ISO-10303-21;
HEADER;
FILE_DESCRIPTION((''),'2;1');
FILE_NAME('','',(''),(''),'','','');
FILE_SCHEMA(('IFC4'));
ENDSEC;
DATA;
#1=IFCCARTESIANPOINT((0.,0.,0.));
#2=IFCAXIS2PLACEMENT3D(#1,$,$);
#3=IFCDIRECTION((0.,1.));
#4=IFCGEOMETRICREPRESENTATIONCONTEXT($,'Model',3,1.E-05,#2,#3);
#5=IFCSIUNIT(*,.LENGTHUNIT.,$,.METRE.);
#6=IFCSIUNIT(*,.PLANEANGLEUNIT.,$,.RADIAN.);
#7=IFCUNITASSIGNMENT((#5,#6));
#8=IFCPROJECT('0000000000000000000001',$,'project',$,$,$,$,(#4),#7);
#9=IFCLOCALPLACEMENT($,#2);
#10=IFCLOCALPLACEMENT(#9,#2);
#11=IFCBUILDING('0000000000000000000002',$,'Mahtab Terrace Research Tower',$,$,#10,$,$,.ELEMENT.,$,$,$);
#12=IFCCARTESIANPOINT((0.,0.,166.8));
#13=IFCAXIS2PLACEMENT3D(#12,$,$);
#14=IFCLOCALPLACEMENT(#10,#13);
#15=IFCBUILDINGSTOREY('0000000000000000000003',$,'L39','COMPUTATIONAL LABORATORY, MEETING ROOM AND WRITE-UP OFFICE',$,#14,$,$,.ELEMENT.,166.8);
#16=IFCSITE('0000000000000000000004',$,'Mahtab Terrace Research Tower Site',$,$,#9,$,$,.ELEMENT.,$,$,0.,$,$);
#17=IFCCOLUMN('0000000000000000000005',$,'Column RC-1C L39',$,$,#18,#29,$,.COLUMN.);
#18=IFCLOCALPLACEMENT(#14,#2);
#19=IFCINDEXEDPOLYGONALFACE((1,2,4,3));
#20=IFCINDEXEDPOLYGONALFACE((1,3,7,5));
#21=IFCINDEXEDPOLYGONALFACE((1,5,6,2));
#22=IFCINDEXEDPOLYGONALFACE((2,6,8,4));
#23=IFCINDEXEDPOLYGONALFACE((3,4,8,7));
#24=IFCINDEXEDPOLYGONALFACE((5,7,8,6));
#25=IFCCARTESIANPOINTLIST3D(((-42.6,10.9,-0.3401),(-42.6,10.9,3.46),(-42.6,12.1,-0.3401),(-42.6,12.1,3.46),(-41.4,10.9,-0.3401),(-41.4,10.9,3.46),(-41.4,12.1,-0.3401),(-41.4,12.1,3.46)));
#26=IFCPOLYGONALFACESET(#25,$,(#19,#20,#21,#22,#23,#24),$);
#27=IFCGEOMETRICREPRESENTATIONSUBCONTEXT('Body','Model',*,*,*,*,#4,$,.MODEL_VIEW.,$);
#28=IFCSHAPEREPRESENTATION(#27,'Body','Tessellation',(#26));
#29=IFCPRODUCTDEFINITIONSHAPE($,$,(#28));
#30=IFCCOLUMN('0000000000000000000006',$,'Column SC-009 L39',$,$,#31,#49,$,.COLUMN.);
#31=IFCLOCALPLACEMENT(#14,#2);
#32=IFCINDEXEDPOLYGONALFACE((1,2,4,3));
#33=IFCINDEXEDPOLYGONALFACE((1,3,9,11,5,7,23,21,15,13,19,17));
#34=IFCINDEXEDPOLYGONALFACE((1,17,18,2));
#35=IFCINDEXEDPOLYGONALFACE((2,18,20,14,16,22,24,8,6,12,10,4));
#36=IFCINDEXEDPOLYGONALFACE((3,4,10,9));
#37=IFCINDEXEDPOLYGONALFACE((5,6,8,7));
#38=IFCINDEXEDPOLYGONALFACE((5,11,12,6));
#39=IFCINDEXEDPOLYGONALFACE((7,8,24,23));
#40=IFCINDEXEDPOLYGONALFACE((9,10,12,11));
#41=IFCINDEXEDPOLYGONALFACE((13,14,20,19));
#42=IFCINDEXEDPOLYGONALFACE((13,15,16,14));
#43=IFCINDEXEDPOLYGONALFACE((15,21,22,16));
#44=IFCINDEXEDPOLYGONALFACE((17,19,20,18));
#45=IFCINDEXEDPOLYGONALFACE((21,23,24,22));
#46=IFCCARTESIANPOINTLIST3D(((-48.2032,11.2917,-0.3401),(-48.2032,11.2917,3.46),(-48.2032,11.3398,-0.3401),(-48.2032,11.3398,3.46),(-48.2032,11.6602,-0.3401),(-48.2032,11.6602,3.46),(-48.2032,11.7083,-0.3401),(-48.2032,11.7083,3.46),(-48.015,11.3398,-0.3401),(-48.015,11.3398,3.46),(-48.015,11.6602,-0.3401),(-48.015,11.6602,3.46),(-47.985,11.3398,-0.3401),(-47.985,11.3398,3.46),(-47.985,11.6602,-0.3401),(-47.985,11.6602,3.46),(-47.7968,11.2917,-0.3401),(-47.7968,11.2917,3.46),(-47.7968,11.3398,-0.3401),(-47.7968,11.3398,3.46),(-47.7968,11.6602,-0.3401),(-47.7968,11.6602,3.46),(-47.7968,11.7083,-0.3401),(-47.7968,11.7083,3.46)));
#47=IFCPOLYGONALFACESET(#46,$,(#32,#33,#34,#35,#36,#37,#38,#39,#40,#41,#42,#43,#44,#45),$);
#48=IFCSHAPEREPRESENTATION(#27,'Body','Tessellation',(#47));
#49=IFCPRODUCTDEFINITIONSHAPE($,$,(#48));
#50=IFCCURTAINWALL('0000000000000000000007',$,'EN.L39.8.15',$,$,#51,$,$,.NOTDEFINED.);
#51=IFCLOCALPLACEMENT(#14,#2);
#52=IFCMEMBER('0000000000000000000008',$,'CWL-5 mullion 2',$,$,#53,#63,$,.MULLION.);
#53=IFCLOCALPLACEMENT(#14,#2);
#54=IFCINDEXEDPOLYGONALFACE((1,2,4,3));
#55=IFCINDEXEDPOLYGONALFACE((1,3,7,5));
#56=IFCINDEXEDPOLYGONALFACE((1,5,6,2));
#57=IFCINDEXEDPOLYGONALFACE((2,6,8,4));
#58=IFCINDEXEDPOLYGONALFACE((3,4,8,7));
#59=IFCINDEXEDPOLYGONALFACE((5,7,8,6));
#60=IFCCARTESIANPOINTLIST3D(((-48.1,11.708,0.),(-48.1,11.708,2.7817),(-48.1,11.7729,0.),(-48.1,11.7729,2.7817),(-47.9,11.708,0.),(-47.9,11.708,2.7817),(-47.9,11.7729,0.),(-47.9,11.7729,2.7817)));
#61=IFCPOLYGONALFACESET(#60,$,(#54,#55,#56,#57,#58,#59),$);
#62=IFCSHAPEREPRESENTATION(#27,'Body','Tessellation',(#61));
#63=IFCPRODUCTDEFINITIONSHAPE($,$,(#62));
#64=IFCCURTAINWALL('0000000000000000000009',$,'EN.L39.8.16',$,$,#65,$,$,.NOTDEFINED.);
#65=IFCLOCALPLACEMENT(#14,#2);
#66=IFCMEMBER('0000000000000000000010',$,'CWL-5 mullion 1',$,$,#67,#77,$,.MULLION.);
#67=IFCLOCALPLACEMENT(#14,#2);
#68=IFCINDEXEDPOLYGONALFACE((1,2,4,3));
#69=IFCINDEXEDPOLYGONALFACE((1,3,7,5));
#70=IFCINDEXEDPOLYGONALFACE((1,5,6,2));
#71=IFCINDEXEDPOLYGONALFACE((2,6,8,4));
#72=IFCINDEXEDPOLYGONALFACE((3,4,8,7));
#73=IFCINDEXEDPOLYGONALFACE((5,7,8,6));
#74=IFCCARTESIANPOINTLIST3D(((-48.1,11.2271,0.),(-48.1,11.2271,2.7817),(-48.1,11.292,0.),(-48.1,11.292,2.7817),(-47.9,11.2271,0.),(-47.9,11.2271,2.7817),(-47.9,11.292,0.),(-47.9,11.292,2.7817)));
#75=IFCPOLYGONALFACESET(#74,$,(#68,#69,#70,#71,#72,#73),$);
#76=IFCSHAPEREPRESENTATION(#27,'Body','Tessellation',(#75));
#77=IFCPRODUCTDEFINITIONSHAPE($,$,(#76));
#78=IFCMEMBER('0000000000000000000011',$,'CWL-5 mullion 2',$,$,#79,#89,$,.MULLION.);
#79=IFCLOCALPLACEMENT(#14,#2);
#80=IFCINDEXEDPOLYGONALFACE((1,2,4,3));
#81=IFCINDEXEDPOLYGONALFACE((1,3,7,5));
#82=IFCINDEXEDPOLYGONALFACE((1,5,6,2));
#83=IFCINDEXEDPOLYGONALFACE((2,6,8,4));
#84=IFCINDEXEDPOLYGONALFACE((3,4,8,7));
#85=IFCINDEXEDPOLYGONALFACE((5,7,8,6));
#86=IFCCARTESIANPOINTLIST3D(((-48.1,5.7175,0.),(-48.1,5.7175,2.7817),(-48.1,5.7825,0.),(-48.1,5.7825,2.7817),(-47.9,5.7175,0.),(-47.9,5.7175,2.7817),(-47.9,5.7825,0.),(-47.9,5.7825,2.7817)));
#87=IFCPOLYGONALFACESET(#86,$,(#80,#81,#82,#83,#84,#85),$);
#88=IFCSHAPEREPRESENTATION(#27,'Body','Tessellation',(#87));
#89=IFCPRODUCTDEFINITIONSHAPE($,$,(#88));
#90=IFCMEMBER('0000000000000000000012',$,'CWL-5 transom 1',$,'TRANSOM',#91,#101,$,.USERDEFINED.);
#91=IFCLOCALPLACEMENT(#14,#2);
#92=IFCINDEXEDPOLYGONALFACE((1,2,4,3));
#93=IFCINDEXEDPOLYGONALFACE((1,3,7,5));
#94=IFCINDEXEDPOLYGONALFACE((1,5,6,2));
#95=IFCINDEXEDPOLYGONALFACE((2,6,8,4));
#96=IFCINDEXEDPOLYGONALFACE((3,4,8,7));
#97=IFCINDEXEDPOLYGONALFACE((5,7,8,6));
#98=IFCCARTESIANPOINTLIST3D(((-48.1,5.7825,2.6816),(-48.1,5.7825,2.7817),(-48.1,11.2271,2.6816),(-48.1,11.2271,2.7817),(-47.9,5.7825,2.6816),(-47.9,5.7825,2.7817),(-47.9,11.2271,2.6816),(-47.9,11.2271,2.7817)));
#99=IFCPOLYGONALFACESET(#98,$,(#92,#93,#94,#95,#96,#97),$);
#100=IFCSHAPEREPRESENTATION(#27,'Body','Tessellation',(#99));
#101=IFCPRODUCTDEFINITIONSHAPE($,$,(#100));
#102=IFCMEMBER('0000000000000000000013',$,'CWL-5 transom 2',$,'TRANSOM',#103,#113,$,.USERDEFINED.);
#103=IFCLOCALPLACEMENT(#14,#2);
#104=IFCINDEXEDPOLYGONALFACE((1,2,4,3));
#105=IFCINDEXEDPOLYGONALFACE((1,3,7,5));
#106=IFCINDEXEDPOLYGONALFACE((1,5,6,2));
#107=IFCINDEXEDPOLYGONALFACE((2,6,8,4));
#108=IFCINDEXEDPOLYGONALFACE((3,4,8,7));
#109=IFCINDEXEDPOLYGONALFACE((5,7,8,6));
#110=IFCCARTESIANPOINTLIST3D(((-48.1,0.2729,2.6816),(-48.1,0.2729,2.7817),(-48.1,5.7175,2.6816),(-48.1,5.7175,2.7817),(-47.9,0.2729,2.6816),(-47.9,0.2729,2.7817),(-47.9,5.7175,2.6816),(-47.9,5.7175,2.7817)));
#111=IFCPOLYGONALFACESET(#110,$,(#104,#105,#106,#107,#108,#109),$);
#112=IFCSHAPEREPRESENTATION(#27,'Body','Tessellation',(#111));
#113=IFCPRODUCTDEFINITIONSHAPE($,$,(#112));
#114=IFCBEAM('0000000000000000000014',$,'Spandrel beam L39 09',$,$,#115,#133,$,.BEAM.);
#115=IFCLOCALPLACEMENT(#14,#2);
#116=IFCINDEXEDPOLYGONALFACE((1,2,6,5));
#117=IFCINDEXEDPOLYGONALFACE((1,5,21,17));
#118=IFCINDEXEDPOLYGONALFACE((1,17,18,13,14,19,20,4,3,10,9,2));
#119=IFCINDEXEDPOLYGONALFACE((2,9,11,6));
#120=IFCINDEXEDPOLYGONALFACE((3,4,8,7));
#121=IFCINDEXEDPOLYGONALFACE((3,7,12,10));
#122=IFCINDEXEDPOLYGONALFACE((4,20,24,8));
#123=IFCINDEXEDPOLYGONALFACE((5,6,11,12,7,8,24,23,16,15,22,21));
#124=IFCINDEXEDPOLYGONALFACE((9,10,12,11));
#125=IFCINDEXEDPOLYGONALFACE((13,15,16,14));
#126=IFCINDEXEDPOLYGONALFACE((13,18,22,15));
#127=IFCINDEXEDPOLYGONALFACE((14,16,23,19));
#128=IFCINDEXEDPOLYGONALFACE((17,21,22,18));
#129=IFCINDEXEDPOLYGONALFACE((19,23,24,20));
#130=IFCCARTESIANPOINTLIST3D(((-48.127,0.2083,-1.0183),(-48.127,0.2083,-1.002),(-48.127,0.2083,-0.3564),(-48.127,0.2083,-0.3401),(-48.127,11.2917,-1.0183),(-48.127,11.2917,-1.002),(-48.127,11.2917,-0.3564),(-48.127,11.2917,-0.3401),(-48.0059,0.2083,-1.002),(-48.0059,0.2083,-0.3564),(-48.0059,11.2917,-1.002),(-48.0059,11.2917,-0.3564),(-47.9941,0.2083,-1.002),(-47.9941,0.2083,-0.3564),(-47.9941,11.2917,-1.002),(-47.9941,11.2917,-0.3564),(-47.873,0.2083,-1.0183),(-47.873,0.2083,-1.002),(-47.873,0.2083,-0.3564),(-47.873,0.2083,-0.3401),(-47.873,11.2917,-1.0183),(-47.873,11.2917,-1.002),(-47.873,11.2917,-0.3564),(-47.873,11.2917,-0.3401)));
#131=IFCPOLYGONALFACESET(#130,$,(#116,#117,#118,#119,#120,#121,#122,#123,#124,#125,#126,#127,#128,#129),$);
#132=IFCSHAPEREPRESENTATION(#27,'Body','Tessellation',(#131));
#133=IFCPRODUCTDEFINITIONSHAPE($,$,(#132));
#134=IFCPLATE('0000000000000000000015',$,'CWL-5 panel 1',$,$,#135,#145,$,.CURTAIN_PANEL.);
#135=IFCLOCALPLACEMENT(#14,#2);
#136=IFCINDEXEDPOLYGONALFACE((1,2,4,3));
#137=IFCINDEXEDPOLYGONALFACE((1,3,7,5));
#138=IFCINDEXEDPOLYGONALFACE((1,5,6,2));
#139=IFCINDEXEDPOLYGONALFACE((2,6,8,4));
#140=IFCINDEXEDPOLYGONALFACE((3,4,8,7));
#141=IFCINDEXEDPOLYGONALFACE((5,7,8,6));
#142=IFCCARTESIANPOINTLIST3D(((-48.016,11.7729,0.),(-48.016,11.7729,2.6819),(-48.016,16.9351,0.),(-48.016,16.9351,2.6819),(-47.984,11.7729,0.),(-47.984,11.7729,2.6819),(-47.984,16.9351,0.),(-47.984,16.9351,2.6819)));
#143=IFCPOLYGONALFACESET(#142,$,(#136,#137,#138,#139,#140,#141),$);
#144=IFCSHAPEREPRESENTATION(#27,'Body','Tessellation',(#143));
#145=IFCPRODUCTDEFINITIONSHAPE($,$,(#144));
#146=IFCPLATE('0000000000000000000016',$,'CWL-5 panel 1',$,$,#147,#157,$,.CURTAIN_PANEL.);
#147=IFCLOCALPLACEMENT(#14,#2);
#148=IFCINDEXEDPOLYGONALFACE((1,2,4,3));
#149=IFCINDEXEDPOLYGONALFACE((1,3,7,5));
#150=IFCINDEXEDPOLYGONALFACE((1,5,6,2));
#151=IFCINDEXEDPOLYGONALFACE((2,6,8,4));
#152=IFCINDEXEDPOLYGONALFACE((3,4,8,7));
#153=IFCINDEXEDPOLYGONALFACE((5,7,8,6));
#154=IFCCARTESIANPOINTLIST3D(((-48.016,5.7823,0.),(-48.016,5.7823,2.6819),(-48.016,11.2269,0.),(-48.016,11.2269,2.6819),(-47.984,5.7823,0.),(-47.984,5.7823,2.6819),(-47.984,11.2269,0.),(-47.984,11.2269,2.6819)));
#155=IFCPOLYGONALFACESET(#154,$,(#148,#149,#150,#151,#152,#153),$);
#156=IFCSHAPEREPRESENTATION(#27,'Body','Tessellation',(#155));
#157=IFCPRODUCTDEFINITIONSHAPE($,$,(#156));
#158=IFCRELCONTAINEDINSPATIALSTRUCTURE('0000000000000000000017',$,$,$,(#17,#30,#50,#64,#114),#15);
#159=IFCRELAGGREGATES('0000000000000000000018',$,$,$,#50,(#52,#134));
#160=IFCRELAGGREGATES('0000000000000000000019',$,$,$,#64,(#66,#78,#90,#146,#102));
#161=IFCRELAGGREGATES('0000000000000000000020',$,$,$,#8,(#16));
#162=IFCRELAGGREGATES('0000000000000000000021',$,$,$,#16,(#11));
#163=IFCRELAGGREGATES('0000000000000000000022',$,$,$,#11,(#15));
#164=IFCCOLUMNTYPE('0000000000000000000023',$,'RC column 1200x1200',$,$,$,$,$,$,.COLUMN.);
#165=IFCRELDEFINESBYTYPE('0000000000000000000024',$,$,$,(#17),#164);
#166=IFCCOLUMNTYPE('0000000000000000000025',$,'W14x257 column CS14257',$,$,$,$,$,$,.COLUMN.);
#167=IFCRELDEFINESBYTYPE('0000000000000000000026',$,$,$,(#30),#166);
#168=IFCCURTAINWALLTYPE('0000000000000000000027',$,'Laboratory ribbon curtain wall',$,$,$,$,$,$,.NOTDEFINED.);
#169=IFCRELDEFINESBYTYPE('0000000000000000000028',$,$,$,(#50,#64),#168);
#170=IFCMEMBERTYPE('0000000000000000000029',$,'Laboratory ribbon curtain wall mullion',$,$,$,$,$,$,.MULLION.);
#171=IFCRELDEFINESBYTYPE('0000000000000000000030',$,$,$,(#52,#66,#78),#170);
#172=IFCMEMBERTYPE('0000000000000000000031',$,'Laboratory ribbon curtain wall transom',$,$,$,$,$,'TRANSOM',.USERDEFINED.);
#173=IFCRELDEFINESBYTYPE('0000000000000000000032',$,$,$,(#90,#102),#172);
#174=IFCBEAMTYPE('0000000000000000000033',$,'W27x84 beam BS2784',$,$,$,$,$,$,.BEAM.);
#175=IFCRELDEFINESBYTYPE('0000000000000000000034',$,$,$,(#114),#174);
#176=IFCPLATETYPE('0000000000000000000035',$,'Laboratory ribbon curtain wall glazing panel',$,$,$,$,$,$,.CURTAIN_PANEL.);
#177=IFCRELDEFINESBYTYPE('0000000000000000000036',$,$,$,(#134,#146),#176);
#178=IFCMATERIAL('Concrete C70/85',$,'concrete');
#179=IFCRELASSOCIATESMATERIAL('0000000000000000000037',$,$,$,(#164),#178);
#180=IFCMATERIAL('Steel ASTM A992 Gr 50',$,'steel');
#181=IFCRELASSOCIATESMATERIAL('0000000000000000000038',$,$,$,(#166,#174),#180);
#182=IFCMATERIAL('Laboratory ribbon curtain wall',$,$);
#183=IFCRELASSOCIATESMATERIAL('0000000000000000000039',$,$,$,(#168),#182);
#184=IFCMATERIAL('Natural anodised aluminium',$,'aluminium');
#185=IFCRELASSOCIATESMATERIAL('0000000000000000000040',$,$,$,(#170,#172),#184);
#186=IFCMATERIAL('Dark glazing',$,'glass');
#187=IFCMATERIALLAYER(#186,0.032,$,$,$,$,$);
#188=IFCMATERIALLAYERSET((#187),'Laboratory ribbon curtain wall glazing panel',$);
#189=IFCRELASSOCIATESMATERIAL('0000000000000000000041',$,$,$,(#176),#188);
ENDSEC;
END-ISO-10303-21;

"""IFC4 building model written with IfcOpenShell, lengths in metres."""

from ifc_helpers import new_model, si_unit, direction, frame, origin, origin_2d, place, context, subcontext, project, spatial, rectangle, i_section, extrude, material, layer, layer_set, material_profile, profile_set, type_object, element, aggregate, save


model = new_model("IFC4")

# Units and contexts
model_context = context("Model", 3, precision=1e-05, world=origin(), true_north=direction((0.0, 1.0)))
body_context = subcontext(model_context, "Body", "Model", "MODEL_VIEW")
ifc_project = project(units=[si_unit("LENGTHUNIT", "METRE"), si_unit("PLANEANGLEUNIT", "RADIAN")], contexts=[model_context])

# Site, building, storey
site_placement = place(None, origin())
site = spatial("IfcSite", under=ifc_project, at=site_placement, Name="Mahtab Terrace Research Tower Site", CompositionType="ELEMENT", RefElevation=0.0)
building_placement = place(site_placement, origin())
building = spatial("IfcBuilding", under=site, at=building_placement, Name="Mahtab Terrace Research Tower", CompositionType="ELEMENT")
storey_placement = place(building_placement, frame((0.0, 0.0, 166.8)))
storey = spatial("IfcBuildingStorey", under=building, at=storey_placement, Name="L39", Description="COMPUTATIONAL LABORATORY, MEETING ROOM AND WRITE-UP OFFICE", CompositionType="ELEMENT", Elevation=166.8)

# Columns
ifc_material_1 = material(Name="Concrete C70/85", Category="concrete")
ifc_material_profile_1 = material_profile(ifc_material_1, rectangle(XDim=1.2, YDim=1.2, at=origin_2d()), Name="RC column 1200x1200")
ifc_profile_set_1 = profile_set([ifc_material_profile_1], Name="Concrete C70/85")
column_type_1 = type_object("IfcColumnType", Name="RC column 1200x1200", PredefinedType="COLUMN", material=ifc_profile_set_1)
column_1_placement = place(storey_placement, frame((-42.0, 11.5, -0.3401), z_axis=(0.0, 0.0, 1.0), x_axis=(1.0, 0.0, 0.0)))
element("IfcColumn", 1, at=column_1_placement, inside=storey, type_object=column_type_1, Name="Column RC-1C L39", PredefinedType="COLUMN", context=body_context, shape_type="SweptSolid", body=[
    extrude(rectangle(XDim=1.2, YDim=1.2, at=origin_2d()), origin(), (0.0, 0.0, 1.0), 3.8),
])
ifc_material_2 = material(Name="Steel ASTM A992 Gr 50", Category="steel")
ifc_material_profile_2 = material_profile(ifc_material_2, i_section(OverallWidth=0.4065, OverallDepth=0.4165, WebThickness=0.03, FlangeThickness=0.0481, at=origin_2d()), Name="W14X257")
ifc_profile_set_2 = profile_set([ifc_material_profile_2], Name="Steel ASTM A992 Gr 50")
column_type_2 = type_object("IfcColumnType", Name="W14x257 column CS14257", PredefinedType="COLUMN", material=ifc_profile_set_2)
column_2_placement = place(storey_placement, frame((-48.0, 11.5, -0.3401), z_axis=(0.0, 0.0, 1.0), x_axis=(1.0, 0.0, 0.0)))
element("IfcColumn", 2, at=column_2_placement, inside=storey, type_object=column_type_2, Name="Column SC-009 L39", PredefinedType="COLUMN", context=body_context, shape_type="SweptSolid", body=[
    extrude(i_section(OverallWidth=0.4065, OverallDepth=0.4165, WebThickness=0.03, FlangeThickness=0.0481, at=origin_2d()), origin(), (0.0, 0.0, 1.0), 3.8),
])

# Curtain wall, member
ifc_material_3 = material(Name="Laboratory ribbon curtain wall")
curtain_wall_type = type_object("IfcCurtainWallType", Name="Laboratory ribbon curtain wall", PredefinedType="NOTDEFINED", material=ifc_material_3)
curtain_wall_1_placement = place(storey_placement, origin())
curtain_wall_1 = element("IfcCurtainWall", 3, at=curtain_wall_1_placement, inside=storey, type_object=curtain_wall_type, Name="EN.L39.8.15", PredefinedType="NOTDEFINED")
ifc_material_4 = material(Name="Natural anodised aluminium", Category="aluminium")
ifc_material_profile_3 = material_profile(ifc_material_4, rectangle(XDim=0.2, YDim=0.0649, at=origin_2d()), Name="MULLION 65x200")
ifc_profile_set_3 = profile_set([ifc_material_profile_3], Name="Natural anodised aluminium")
member_type_1 = type_object("IfcMemberType", Name="Laboratory ribbon curtain wall mullion", PredefinedType="MULLION", material=ifc_profile_set_3)
member_1_placement = place(storey_placement, frame((-48.0, 11.7405, 0.0), z_axis=(0.0, 0.0, 1.0), x_axis=(1.0, 0.0, 0.0)))
member_1 = element("IfcMember", 4, at=member_1_placement, type_object=member_type_1, Name="CWL-5 mullion 2", PredefinedType="MULLION", context=body_context, shape_type="SweptSolid", body=[
    extrude(rectangle(XDim=0.2, YDim=0.0649, at=origin_2d()), origin(), (0.0, 0.0, 1.0), 2.7817),
])

# Curtain wall, members
curtain_wall_2_placement = place(storey_placement, origin())
curtain_wall_2 = element("IfcCurtainWall", 5, at=curtain_wall_2_placement, inside=storey, type_object=curtain_wall_type, Name="EN.L39.8.16", PredefinedType="NOTDEFINED")
member_2_placement = place(storey_placement, frame((-48.0, 11.2595, 0.0), z_axis=(0.0, 0.0, 1.0), x_axis=(1.0, 0.0, 0.0)))
member_2 = element("IfcMember", 6, at=member_2_placement, type_object=member_type_1, Name="CWL-5 mullion 1", PredefinedType="MULLION", context=body_context, shape_type="SweptSolid", body=[
    extrude(rectangle(XDim=0.2, YDim=0.0649, at=origin_2d()), origin(), (0.0, 0.0, 1.0), 2.7817),
])
member_3_placement = place(storey_placement, frame((-48.0, 5.75, 0.0), z_axis=(0.0, 0.0, 1.0), x_axis=(1.0, 0.0, 0.0)))
member_3 = element("IfcMember", 7, at=member_3_placement, type_object=member_type_1, Name="CWL-5 mullion 2", PredefinedType="MULLION", context=body_context, shape_type="SweptSolid", body=[
    extrude(rectangle(XDim=0.2, YDim=0.0649, at=origin_2d()), origin(), (0.0, 0.0, 1.0), 2.7817),
])
ifc_material_profile_4 = material_profile(ifc_material_4, rectangle(XDim=0.2, YDim=0.1001, at=origin_2d()), Name="TRANSOM 100x200")
ifc_profile_set_4 = profile_set([ifc_material_profile_4], Name="Natural anodised aluminium")
member_type_2 = type_object("IfcMemberType", Name="Laboratory ribbon curtain wall transom", ElementType="TRANSOM", PredefinedType="USERDEFINED", material=ifc_profile_set_4)
member_4_placement = place(storey_placement, frame((-48.0, 11.2271, 2.7317), z_axis=(0.0, -1.0, 0.0), x_axis=(1.0, 0.0, 0.0)))
member_4 = element("IfcMember", 8, at=member_4_placement, type_object=member_type_2, Name="CWL-5 transom 1", ObjectType="TRANSOM", PredefinedType="USERDEFINED", context=body_context, shape_type="SweptSolid", body=[
    extrude(rectangle(XDim=0.2, YDim=0.1001, at=origin_2d()), origin(), (0.0, 0.0, 1.0), 5.4446),
])
member_5_placement = place(storey_placement, frame((-48.0, 5.7175, 2.7317), z_axis=(0.0, -1.0, 0.0), x_axis=(1.0, 0.0, 0.0)))
member_5 = element("IfcMember", 9, at=member_5_placement, type_object=member_type_2, Name="CWL-5 transom 2", ObjectType="TRANSOM", PredefinedType="USERDEFINED", context=body_context, shape_type="SweptSolid", body=[
    extrude(rectangle(XDim=0.2, YDim=0.1001, at=origin_2d()), origin(), (0.0, 0.0, 1.0), 5.4446),
])

# Beam
ifc_material_profile_5 = material_profile(ifc_material_2, i_section(OverallWidth=0.2539, OverallDepth=0.6782, WebThickness=0.0117, FlangeThickness=0.0164, at=origin_2d()), Name="W27X84")
ifc_profile_set_5 = profile_set([ifc_material_profile_5], Name="Steel ASTM A992 Gr 50")
beam_type = type_object("IfcBeamType", Name="W27x84 beam BS2784", PredefinedType="BEAM", material=ifc_profile_set_5)
beam_placement = place(storey_placement, frame((-48.0, 11.2917, -0.6792), z_axis=(0.0, -1.0, 0.0), x_axis=(1.0, 0.0, 0.0)))
element("IfcBeam", 10, at=beam_placement, inside=storey, type_object=beam_type, Name="Spandrel beam L39 09", PredefinedType="BEAM", context=body_context, shape_type="SweptSolid", body=[
    extrude(i_section(OverallWidth=0.2539, OverallDepth=0.6782, WebThickness=0.0117, FlangeThickness=0.0164, at=origin_2d()), origin(), (0.0, 0.0, 1.0), 11.0835),
])

# Plates
ifc_material_5 = material(Name="Dark glazing", Category="glass")
ifc_layer_1 = layer(ifc_material_5, 0.032)
ifc_layer_set_1 = layer_set([ifc_layer_1], Name="Laboratory ribbon curtain wall glazing panel")
plate_type = type_object("IfcPlateType", Name="Laboratory ribbon curtain wall glazing panel", PredefinedType="CURTAIN_PANEL", material=ifc_layer_set_1)
plate_1_placement = place(storey_placement, frame((-48.0, 14.354, 0.0), z_axis=(0.0, 0.0, 1.0), x_axis=(0.0, -1.0, 0.0)))
plate_1 = element("IfcPlate", 11, at=plate_1_placement, type_object=plate_type, Name="CWL-5 panel 1", PredefinedType="CURTAIN_PANEL", context=body_context, shape_type="SweptSolid", body=[
    extrude(rectangle(XDim=5.1621, YDim=0.032, at=origin_2d()), origin(), (0.0, 0.0, 1.0), 2.6819),
])
aggregate(curtain_wall_1, [member_1, plate_1])
plate_2_placement = place(storey_placement, frame((-48.0, 8.5046, 0.0), z_axis=(0.0, 0.0, 1.0), x_axis=(0.0, -1.0, 0.0)))
plate_2 = element("IfcPlate", 12, at=plate_2_placement, type_object=plate_type, Name="CWL-5 panel 1", PredefinedType="CURTAIN_PANEL", context=body_context, shape_type="SweptSolid", body=[
    extrude(rectangle(XDim=5.4446, YDim=0.032, at=origin_2d()), origin(), (0.0, 0.0, 1.0), 2.6819),
])
aggregate(curtain_wall_2, [member_2, member_3, member_4, plate_2, member_5])

save(model, "model.ifc")
